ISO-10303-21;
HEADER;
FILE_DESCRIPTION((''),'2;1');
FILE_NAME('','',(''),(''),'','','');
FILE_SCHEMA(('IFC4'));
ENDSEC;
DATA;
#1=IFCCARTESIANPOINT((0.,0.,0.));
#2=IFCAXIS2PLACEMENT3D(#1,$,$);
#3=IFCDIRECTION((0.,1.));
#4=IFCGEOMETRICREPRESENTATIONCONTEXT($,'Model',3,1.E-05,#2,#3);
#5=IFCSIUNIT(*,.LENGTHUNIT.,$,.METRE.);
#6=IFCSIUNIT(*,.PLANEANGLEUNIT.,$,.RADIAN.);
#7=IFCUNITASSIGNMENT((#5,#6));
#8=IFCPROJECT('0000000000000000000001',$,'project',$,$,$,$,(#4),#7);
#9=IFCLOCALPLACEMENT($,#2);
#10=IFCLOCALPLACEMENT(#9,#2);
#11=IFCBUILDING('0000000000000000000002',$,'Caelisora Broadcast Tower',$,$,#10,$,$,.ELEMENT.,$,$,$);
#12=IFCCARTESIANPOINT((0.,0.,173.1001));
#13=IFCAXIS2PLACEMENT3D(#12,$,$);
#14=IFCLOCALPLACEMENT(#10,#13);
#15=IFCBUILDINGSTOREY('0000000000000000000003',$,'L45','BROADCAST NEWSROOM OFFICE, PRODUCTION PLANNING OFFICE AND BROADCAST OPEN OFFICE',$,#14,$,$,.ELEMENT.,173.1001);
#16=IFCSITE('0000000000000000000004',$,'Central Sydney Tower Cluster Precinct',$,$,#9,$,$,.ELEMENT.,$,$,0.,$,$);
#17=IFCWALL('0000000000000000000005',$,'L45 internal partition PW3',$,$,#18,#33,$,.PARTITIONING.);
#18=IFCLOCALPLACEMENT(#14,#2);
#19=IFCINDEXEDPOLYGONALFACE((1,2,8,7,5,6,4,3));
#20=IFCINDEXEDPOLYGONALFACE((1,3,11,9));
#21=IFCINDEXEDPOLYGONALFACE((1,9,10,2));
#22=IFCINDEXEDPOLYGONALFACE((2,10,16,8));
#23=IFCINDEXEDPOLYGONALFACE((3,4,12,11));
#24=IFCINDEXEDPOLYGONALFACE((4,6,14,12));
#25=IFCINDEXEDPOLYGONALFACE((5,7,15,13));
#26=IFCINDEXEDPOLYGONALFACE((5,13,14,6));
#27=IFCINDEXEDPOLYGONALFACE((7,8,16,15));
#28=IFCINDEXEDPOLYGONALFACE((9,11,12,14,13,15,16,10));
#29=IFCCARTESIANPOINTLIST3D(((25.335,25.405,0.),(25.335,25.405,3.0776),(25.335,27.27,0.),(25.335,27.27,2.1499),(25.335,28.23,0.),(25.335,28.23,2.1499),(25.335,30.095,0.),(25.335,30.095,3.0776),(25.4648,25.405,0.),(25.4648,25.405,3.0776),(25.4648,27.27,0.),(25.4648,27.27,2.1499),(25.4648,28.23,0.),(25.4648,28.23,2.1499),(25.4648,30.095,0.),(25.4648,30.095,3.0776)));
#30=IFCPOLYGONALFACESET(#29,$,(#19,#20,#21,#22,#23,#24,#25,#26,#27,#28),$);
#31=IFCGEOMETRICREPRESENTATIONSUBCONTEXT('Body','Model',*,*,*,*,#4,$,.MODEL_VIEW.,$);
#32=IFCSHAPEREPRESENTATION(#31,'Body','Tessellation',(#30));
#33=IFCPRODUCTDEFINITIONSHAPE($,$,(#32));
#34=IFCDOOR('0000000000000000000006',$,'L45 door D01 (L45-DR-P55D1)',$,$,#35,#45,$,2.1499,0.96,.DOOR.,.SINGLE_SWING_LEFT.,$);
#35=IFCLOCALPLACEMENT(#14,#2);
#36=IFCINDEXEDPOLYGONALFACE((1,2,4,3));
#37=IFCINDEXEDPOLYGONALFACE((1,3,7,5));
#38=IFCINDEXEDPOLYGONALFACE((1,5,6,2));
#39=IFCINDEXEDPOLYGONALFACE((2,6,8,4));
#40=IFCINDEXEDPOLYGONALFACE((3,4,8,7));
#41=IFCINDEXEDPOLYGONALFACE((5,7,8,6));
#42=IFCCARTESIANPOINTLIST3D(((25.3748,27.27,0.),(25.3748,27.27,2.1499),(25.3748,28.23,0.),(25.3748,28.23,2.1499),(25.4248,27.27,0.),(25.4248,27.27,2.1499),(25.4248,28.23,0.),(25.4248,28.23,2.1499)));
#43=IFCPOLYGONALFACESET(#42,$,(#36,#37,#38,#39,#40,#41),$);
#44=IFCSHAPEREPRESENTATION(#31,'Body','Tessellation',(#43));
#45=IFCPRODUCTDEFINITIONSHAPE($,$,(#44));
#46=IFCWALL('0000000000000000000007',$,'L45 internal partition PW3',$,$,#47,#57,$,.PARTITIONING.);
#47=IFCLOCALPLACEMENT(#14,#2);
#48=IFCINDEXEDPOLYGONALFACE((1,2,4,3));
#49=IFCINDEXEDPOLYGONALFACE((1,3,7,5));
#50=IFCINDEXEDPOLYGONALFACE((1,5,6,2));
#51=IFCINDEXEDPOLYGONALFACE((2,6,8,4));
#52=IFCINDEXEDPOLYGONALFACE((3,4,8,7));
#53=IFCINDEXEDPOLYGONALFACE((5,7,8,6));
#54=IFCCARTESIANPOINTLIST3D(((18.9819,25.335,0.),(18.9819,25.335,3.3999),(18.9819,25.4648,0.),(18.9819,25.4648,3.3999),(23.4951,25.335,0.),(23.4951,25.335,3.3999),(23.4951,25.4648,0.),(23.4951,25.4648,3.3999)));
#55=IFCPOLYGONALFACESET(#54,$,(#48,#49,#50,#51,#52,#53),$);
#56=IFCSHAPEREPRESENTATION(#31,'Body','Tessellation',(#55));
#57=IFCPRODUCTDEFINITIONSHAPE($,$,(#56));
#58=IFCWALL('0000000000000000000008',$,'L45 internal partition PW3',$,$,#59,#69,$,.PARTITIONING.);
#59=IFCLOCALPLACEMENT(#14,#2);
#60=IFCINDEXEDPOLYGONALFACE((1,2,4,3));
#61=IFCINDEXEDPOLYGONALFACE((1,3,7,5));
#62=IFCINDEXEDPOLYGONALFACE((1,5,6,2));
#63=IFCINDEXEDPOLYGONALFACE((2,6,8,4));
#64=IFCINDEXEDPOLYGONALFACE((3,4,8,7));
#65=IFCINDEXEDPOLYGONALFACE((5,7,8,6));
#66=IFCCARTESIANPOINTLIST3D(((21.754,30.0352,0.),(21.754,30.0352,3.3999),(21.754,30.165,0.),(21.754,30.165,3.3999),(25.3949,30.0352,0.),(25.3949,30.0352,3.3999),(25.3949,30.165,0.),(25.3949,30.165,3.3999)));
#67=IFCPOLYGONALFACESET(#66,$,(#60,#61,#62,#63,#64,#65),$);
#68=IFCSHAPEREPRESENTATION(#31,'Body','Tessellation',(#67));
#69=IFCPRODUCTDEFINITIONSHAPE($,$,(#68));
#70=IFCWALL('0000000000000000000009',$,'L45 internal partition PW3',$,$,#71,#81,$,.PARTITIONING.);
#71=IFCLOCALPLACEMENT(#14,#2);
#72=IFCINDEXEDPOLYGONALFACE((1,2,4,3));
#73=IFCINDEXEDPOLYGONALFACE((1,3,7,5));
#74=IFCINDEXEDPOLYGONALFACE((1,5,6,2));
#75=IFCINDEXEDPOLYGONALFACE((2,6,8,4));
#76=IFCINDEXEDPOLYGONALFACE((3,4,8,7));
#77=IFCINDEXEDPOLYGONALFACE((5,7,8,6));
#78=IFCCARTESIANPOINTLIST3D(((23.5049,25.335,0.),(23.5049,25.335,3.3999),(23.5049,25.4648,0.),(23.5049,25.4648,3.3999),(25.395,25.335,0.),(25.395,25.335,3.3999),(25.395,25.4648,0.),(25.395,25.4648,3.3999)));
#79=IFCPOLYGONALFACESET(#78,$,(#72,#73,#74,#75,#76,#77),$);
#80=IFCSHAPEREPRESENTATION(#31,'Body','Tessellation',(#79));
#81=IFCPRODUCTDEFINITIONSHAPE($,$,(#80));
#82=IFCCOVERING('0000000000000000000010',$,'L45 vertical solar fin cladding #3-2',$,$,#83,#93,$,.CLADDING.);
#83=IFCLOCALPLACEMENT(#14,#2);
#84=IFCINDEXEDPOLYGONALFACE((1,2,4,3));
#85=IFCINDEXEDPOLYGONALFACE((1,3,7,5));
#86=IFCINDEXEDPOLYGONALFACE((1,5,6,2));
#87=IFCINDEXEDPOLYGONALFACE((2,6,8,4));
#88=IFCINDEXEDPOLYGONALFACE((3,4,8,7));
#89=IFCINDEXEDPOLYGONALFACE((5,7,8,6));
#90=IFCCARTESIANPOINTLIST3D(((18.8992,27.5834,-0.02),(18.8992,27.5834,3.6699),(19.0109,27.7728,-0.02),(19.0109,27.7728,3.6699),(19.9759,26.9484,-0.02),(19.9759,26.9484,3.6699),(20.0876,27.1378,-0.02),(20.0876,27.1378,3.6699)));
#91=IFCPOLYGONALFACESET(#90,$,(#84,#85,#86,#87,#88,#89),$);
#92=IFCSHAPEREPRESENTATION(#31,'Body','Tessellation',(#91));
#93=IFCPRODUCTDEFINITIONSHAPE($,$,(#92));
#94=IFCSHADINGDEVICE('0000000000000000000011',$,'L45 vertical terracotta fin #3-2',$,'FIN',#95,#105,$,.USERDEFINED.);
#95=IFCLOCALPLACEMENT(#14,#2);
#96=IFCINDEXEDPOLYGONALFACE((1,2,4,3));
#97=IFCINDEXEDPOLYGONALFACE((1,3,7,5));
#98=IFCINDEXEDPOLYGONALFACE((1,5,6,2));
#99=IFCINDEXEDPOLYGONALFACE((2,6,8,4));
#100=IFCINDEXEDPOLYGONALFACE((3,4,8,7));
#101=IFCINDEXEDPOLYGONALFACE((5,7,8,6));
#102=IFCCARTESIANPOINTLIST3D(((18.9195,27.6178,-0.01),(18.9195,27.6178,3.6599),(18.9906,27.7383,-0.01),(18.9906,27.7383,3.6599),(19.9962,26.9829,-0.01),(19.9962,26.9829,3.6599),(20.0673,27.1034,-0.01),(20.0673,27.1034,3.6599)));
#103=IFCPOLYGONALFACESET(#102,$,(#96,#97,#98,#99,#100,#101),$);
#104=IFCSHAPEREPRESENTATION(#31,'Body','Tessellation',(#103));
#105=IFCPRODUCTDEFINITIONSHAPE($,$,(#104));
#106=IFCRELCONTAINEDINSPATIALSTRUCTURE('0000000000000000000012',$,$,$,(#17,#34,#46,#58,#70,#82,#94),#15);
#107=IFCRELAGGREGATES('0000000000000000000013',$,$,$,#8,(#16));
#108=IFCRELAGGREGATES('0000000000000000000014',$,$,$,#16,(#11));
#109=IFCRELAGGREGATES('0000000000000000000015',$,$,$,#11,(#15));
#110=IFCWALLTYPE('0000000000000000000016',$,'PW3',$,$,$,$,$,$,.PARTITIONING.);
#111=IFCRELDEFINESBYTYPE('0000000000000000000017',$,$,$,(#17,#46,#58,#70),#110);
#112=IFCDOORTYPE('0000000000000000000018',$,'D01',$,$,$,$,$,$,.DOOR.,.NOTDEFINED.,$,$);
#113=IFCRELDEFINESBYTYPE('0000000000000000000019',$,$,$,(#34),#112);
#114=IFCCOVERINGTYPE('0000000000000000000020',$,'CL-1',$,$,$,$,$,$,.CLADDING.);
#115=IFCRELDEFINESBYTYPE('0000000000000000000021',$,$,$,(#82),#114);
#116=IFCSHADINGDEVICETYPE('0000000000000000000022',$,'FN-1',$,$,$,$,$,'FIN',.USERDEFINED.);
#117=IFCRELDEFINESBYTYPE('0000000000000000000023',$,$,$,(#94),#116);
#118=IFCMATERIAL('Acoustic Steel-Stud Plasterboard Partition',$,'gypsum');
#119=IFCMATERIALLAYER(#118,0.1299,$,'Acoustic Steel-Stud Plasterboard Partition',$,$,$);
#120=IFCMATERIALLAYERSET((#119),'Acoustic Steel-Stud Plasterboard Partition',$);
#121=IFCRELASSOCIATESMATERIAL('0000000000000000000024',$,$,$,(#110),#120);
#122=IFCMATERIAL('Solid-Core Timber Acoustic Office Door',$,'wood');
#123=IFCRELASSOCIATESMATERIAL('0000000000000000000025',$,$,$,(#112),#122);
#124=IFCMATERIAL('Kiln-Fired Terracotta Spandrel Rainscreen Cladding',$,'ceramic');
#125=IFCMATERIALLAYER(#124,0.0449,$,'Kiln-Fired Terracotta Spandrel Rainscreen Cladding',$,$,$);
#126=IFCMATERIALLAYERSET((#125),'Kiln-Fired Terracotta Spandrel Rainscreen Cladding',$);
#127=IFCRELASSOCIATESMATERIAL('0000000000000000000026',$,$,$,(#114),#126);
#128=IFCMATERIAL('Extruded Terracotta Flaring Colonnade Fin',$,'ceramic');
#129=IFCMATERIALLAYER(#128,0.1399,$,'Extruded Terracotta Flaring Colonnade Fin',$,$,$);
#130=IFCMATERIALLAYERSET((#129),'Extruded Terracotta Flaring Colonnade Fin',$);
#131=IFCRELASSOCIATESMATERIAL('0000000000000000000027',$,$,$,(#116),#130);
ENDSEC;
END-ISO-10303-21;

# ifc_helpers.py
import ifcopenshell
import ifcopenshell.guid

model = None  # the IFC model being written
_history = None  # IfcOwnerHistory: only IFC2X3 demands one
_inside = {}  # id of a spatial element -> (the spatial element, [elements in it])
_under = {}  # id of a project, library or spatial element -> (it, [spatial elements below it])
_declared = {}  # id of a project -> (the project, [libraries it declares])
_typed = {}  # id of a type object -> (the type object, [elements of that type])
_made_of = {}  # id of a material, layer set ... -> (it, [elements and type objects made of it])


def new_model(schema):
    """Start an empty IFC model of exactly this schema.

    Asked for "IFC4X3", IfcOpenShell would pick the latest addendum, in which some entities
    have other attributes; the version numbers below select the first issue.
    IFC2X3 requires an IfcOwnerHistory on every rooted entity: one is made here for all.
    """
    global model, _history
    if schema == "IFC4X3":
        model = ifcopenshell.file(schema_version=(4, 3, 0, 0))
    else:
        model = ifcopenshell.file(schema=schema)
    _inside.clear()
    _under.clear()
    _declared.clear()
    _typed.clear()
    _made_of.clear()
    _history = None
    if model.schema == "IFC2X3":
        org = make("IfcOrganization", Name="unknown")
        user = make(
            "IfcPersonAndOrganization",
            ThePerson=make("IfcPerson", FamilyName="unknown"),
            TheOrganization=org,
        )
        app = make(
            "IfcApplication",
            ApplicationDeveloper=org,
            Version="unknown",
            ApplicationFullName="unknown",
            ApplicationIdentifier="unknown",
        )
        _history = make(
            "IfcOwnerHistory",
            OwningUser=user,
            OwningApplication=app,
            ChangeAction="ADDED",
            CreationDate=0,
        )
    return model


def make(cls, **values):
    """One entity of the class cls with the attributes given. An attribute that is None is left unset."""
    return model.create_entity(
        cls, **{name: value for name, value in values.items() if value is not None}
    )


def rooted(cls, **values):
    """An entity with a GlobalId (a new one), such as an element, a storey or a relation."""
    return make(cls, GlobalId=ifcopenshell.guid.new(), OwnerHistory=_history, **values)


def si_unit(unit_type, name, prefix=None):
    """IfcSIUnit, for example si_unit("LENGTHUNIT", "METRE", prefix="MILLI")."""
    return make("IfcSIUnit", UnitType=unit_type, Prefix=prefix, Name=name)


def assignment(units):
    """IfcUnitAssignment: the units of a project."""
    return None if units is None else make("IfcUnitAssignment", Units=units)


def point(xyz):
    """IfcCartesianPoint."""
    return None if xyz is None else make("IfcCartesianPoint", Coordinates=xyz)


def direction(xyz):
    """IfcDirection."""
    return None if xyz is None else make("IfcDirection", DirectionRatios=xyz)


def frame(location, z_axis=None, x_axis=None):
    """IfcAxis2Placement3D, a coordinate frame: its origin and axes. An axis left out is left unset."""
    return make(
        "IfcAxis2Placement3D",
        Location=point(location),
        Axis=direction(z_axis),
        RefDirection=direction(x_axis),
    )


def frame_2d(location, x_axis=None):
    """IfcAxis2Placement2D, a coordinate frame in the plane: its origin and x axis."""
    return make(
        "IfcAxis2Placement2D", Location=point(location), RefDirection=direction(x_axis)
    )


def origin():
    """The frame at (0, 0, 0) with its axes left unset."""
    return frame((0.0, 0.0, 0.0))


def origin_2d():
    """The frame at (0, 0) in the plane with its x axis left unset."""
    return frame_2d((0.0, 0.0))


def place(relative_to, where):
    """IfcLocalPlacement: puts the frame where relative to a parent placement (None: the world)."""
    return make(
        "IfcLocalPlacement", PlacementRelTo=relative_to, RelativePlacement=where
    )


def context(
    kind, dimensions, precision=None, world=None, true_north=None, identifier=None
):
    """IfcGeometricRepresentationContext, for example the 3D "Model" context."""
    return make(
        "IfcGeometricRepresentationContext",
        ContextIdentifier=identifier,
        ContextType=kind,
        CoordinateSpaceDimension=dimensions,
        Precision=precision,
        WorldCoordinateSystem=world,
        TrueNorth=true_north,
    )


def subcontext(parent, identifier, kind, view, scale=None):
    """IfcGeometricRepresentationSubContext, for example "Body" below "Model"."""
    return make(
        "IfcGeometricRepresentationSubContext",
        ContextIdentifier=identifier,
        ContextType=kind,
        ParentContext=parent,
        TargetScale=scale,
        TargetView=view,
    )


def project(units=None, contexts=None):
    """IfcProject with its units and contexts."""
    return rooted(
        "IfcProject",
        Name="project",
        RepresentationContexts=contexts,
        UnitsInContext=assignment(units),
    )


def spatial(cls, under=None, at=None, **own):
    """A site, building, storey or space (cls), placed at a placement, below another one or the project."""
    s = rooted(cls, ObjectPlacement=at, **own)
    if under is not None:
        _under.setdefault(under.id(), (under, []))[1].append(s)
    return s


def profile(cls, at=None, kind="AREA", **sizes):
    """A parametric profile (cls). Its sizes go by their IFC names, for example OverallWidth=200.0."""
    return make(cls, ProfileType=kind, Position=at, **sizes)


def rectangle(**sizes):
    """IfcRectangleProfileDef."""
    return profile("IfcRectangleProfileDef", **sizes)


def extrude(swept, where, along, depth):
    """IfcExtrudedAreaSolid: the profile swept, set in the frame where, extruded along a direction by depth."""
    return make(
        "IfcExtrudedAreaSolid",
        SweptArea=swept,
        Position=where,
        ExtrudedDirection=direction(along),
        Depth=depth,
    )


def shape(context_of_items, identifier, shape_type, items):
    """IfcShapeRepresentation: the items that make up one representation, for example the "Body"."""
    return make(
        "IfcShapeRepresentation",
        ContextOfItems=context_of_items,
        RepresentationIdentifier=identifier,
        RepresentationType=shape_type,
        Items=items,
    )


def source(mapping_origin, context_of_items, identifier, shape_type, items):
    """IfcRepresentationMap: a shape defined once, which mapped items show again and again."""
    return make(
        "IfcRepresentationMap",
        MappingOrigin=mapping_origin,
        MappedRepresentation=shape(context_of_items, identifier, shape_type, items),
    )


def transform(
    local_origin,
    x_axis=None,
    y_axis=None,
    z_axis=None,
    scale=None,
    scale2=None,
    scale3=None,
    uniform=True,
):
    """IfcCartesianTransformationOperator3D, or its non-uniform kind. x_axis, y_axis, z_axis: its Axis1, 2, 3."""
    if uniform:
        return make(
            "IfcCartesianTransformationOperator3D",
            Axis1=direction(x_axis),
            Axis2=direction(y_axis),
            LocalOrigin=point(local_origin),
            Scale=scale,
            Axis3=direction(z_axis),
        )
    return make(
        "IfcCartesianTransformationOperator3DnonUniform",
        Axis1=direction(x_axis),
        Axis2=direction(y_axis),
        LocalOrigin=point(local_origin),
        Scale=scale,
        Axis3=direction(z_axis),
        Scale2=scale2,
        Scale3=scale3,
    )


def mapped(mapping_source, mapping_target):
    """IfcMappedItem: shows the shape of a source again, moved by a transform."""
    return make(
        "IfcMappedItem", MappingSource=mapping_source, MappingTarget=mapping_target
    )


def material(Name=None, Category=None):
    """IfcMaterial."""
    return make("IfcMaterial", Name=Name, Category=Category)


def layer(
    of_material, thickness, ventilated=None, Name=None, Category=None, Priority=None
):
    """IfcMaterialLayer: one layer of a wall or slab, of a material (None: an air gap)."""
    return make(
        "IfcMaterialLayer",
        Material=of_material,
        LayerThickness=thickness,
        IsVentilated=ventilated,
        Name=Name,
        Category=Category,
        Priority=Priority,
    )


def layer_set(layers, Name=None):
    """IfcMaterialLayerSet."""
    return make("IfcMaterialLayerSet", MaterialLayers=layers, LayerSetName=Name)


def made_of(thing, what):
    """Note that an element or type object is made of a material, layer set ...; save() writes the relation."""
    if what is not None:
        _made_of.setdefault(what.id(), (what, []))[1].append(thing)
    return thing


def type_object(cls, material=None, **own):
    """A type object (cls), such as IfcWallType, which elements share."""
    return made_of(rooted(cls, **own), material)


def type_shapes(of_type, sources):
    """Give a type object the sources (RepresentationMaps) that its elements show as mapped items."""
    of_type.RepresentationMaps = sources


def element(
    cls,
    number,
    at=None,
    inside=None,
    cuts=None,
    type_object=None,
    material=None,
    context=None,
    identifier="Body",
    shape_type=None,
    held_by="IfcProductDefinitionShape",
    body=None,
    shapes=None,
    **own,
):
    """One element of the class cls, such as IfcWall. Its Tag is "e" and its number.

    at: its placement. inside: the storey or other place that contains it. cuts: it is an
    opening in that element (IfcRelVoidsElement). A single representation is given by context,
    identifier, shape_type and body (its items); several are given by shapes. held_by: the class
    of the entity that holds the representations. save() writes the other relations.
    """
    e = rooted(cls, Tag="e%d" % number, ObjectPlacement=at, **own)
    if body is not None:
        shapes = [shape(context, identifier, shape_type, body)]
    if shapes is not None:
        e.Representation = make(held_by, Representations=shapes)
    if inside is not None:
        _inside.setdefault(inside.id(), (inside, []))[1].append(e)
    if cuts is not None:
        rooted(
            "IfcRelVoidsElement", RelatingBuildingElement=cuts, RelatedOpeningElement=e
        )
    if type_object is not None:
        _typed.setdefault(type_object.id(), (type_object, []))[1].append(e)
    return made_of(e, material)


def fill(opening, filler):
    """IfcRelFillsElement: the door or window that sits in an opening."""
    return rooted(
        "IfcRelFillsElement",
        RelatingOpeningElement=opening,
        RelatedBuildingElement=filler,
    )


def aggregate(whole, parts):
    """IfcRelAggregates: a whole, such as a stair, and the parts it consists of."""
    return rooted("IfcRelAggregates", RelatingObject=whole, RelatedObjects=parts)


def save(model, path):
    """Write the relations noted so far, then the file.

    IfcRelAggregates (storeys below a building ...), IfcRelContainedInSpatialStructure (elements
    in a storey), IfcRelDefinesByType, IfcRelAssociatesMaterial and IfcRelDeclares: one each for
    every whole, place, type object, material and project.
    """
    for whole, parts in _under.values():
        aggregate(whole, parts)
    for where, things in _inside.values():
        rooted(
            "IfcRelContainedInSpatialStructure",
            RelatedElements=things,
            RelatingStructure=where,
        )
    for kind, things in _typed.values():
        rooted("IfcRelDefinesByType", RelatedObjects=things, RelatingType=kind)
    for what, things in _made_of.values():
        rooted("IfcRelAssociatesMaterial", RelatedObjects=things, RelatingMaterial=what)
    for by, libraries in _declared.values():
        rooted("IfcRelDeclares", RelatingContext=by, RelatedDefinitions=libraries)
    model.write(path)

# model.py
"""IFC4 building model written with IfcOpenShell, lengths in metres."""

from ifc_helpers import new_model, si_unit, direction, frame, frame_2d, origin, origin_2d, place, context, subcontext, project, spatial, rectangle, extrude, source, transform, mapped, material, layer, layer_set, type_object, type_shapes, element, fill, save


model = new_model("IFC4")

# Units and contexts
model_context = context("Model", 3, precision=1e-05, world=origin(), true_north=direction((0.0, 1.0)))
body_context = subcontext(model_context, "Body", "Model", "MODEL_VIEW")
ifc_project = project(units=[si_unit("LENGTHUNIT", "METRE"), si_unit("PLANEANGLEUNIT", "RADIAN")], contexts=[model_context])

# Site, building, storey
site_placement = place(None, origin())
site = spatial("IfcSite", under=ifc_project, at=site_placement, Name="Central Sydney Tower Cluster Precinct", CompositionType="ELEMENT", RefElevation=0.0)
building_placement = place(site_placement, origin())
building = spatial("IfcBuilding", under=site, at=building_placement, Name="Caelisora Broadcast Tower", CompositionType="ELEMENT")
storey_placement = place(building_placement, frame((0.0, 0.0, 173.1001)))
storey = spatial("IfcBuildingStorey", under=building, at=storey_placement, Name="L45", Description="BROADCAST NEWSROOM OFFICE, PRODUCTION PLANNING OFFICE AND BROADCAST OPEN OFFICE", CompositionType="ELEMENT", Elevation=173.1001)

# Wall, opening, door
ifc_material_1 = material(Name="Acoustic Steel-Stud Plasterboard Partition", Category="gypsum")
ifc_layer_1 = layer(ifc_material_1, 0.1299, Name="Acoustic Steel-Stud Plasterboard Partition")
ifc_layer_set_1 = layer_set([ifc_layer_1], Name="Acoustic Steel-Stud Plasterboard Partition")
wall_type_1 = type_object("IfcWallType", Name="PW3", PredefinedType="PARTITIONING", material=ifc_layer_set_1)
ifc_material_2 = material(Name="Solid-Core Timber Acoustic Office Door", Category="wood")
door_type_1 = type_object("IfcDoorType", Name="D01", OperationType="NOTDEFINED", PredefinedType="DOOR", material=ifc_material_2)
wall_1_placement = place(storey_placement, frame((25.3999, 30.095, 0.0), z_axis=(0.0, 0.0, 1.0), x_axis=(0.0, -1.0, 0.0)))
wall_1 = element("IfcWall", 1, at=wall_1_placement, inside=storey, type_object=wall_type_1, Name="L45 internal partition PW3", PredefinedType="PARTITIONING", context=body_context, shape_type="SweptSolid", body=[
    extrude(rectangle(XDim=4.6899, YDim=0.1299, at=frame_2d((2.345, 0.0))), origin(), (0.0, 0.0, 1.0), 3.0776),
])
opening_1_placement = place(wall_1_placement, frame((1.865, 0.0, 0.0)))
opening_1 = element("IfcOpeningElement", 2, at=opening_1_placement, cuts=wall_1, PredefinedType="OPENING", context=body_context, shape_type="SweptSolid", body=[
    extrude(rectangle(XDim=0.96, YDim=2.1499, at=frame_2d((0.48, 1.075))), frame((0.0, 0.0769, 0.0), z_axis=(0.0, -1.0, 0.0), x_axis=(1.0, 0.0, 0.0)), (0.0, 0.0, 1.0), 0.1538),
])
door_1_placement = place(opening_1_placement, origin())
door_1 = element("IfcDoor", 3, at=door_1_placement, inside=storey, type_object=door_type_1, Name="L45 door D01 (L45-DR-P55D1)", OperationType="SINGLE_SWING_LEFT", OverallHeight=2.1499, OverallWidth=0.96, PredefinedType="DOOR", context=body_context, shape_type="SweptSolid", body=[
    extrude(rectangle(XDim=0.96, YDim=2.1499, at=frame_2d((0.48, 1.075))), frame((0.0, 0.0249, 0.0), z_axis=(0.0, -1.0, 0.0), x_axis=(1.0, 0.0, 0.0)), (0.0, 0.0, 1.0), 0.05),
])
fill(opening_1, door_1)

# Walls
wall_2_placement = place(storey_placement, frame((18.9819, 25.3999, 0.0), z_axis=(0.0, 0.0, 1.0), x_axis=(1.0, 0.0, 0.0)))
element("IfcWall", 4, at=wall_2_placement, inside=storey, type_object=wall_type_1, Name="L45 internal partition PW3", PredefinedType="PARTITIONING", context=body_context, shape_type="SweptSolid", body=[
    extrude(rectangle(XDim=4.5132, YDim=0.1299, at=frame_2d((2.2566, 0.0))), origin(), (0.0, 0.0, 1.0), 3.3999),
])
wall_3_placement = place(storey_placement, frame((21.7542, 30.1001, 0.0), z_axis=(0.0, 0.0, 1.0), x_axis=(1.0, 0.0, 0.0)))
element("IfcWall", 5, at=wall_3_placement, inside=storey, type_object=wall_type_1, Name="L45 internal partition PW3", PredefinedType="PARTITIONING", context=body_context, shape_type="SweptSolid", body=[
    extrude(rectangle(XDim=3.6409, YDim=0.1299, at=frame_2d((1.8203, 0.0))), origin(), (0.0, 0.0, 1.0), 3.3999),
])
wall_4_placement = place(storey_placement, frame((23.5049, 25.3999, 0.0), z_axis=(0.0, 0.0, 1.0), x_axis=(1.0, 0.0, 0.0)))
element("IfcWall", 6, at=wall_4_placement, inside=storey, type_object=wall_type_1, Name="L45 internal partition PW3", PredefinedType="PARTITIONING", context=body_context, shape_type="SweptSolid", body=[
    extrude(rectangle(XDim=1.8901, YDim=0.1299, at=frame_2d((0.9451, 0.0))), origin(), (0.0, 0.0, 1.0), 3.3999),
])

# Covering
ifc_material_3 = material(Name="Kiln-Fired Terracotta Spandrel Rainscreen Cladding", Category="ceramic")
ifc_layer_2 = layer(ifc_material_3, 0.0449, Name="Kiln-Fired Terracotta Spandrel Rainscreen Cladding")
ifc_layer_set_2 = layer_set([ifc_layer_2], Name="Kiln-Fired Terracotta Spandrel Rainscreen Cladding")
covering_type = type_object("IfcCoveringType", Name="CL-1", PredefinedType="CLADDING", material=ifc_layer_set_2)
shared_shape_1 = source(origin(), body_context, "Body", "SweptSolid", [
    extrude(rectangle(XDim=0.22, YDim=1.25, at=origin_2d()), origin(), (0.0, 0.0, 1.0), 3.6899),
])
type_shapes(covering_type, [shared_shape_1])
covering_placement = place(storey_placement, frame((19.4934, 27.3606, -0.02), z_axis=(0.0, 0.0, 1.0), x_axis=(0.507989, 0.861363, 0.0)))
element("IfcCovering", 7, at=covering_placement, inside=storey, type_object=covering_type, Name="L45 vertical solar fin cladding #3-2", PredefinedType="CLADDING", context=body_context, shape_type="MappedRepresentation", body=[
    mapped(shared_shape_1, transform((0.0, 0.0, 0.0), scale=1.0)),
])

# Shading device
ifc_material_4 = material(Name="Extruded Terracotta Flaring Colonnade Fin", Category="ceramic")
ifc_layer_3 = layer(ifc_material_4, 0.1399, Name="Extruded Terracotta Flaring Colonnade Fin")
ifc_layer_set_3 = layer_set([ifc_layer_3], Name="Extruded Terracotta Flaring Colonnade Fin")
shading_device_type = type_object("IfcShadingDeviceType", Name="FN-1", ElementType="FIN", PredefinedType="USERDEFINED", material=ifc_layer_set_3)
shared_shape_2 = source(origin(), body_context, "Body", "SweptSolid", [
    extrude(rectangle(XDim=0.1399, YDim=1.25, at=origin_2d()), origin(), (0.0, 0.0, 1.0), 3.6699),
])
type_shapes(shading_device_type, [shared_shape_2])
shading_device_placement = place(storey_placement, frame((19.4934, 27.3606, -0.01), z_axis=(0.0, 0.0, 1.0), x_axis=(0.507989, 0.861363, 0.0)))
element("IfcShadingDevice", 8, at=shading_device_placement, inside=storey, type_object=shading_device_type, Name="L45 vertical terracotta fin #3-2", ObjectType="FIN", PredefinedType="USERDEFINED", context=body_context, shape_type="MappedRepresentation", body=[
    mapped(shared_shape_2, transform((0.0, 0.0, 0.0), scale=1.0)),
])

save(model, "model.ifc")
